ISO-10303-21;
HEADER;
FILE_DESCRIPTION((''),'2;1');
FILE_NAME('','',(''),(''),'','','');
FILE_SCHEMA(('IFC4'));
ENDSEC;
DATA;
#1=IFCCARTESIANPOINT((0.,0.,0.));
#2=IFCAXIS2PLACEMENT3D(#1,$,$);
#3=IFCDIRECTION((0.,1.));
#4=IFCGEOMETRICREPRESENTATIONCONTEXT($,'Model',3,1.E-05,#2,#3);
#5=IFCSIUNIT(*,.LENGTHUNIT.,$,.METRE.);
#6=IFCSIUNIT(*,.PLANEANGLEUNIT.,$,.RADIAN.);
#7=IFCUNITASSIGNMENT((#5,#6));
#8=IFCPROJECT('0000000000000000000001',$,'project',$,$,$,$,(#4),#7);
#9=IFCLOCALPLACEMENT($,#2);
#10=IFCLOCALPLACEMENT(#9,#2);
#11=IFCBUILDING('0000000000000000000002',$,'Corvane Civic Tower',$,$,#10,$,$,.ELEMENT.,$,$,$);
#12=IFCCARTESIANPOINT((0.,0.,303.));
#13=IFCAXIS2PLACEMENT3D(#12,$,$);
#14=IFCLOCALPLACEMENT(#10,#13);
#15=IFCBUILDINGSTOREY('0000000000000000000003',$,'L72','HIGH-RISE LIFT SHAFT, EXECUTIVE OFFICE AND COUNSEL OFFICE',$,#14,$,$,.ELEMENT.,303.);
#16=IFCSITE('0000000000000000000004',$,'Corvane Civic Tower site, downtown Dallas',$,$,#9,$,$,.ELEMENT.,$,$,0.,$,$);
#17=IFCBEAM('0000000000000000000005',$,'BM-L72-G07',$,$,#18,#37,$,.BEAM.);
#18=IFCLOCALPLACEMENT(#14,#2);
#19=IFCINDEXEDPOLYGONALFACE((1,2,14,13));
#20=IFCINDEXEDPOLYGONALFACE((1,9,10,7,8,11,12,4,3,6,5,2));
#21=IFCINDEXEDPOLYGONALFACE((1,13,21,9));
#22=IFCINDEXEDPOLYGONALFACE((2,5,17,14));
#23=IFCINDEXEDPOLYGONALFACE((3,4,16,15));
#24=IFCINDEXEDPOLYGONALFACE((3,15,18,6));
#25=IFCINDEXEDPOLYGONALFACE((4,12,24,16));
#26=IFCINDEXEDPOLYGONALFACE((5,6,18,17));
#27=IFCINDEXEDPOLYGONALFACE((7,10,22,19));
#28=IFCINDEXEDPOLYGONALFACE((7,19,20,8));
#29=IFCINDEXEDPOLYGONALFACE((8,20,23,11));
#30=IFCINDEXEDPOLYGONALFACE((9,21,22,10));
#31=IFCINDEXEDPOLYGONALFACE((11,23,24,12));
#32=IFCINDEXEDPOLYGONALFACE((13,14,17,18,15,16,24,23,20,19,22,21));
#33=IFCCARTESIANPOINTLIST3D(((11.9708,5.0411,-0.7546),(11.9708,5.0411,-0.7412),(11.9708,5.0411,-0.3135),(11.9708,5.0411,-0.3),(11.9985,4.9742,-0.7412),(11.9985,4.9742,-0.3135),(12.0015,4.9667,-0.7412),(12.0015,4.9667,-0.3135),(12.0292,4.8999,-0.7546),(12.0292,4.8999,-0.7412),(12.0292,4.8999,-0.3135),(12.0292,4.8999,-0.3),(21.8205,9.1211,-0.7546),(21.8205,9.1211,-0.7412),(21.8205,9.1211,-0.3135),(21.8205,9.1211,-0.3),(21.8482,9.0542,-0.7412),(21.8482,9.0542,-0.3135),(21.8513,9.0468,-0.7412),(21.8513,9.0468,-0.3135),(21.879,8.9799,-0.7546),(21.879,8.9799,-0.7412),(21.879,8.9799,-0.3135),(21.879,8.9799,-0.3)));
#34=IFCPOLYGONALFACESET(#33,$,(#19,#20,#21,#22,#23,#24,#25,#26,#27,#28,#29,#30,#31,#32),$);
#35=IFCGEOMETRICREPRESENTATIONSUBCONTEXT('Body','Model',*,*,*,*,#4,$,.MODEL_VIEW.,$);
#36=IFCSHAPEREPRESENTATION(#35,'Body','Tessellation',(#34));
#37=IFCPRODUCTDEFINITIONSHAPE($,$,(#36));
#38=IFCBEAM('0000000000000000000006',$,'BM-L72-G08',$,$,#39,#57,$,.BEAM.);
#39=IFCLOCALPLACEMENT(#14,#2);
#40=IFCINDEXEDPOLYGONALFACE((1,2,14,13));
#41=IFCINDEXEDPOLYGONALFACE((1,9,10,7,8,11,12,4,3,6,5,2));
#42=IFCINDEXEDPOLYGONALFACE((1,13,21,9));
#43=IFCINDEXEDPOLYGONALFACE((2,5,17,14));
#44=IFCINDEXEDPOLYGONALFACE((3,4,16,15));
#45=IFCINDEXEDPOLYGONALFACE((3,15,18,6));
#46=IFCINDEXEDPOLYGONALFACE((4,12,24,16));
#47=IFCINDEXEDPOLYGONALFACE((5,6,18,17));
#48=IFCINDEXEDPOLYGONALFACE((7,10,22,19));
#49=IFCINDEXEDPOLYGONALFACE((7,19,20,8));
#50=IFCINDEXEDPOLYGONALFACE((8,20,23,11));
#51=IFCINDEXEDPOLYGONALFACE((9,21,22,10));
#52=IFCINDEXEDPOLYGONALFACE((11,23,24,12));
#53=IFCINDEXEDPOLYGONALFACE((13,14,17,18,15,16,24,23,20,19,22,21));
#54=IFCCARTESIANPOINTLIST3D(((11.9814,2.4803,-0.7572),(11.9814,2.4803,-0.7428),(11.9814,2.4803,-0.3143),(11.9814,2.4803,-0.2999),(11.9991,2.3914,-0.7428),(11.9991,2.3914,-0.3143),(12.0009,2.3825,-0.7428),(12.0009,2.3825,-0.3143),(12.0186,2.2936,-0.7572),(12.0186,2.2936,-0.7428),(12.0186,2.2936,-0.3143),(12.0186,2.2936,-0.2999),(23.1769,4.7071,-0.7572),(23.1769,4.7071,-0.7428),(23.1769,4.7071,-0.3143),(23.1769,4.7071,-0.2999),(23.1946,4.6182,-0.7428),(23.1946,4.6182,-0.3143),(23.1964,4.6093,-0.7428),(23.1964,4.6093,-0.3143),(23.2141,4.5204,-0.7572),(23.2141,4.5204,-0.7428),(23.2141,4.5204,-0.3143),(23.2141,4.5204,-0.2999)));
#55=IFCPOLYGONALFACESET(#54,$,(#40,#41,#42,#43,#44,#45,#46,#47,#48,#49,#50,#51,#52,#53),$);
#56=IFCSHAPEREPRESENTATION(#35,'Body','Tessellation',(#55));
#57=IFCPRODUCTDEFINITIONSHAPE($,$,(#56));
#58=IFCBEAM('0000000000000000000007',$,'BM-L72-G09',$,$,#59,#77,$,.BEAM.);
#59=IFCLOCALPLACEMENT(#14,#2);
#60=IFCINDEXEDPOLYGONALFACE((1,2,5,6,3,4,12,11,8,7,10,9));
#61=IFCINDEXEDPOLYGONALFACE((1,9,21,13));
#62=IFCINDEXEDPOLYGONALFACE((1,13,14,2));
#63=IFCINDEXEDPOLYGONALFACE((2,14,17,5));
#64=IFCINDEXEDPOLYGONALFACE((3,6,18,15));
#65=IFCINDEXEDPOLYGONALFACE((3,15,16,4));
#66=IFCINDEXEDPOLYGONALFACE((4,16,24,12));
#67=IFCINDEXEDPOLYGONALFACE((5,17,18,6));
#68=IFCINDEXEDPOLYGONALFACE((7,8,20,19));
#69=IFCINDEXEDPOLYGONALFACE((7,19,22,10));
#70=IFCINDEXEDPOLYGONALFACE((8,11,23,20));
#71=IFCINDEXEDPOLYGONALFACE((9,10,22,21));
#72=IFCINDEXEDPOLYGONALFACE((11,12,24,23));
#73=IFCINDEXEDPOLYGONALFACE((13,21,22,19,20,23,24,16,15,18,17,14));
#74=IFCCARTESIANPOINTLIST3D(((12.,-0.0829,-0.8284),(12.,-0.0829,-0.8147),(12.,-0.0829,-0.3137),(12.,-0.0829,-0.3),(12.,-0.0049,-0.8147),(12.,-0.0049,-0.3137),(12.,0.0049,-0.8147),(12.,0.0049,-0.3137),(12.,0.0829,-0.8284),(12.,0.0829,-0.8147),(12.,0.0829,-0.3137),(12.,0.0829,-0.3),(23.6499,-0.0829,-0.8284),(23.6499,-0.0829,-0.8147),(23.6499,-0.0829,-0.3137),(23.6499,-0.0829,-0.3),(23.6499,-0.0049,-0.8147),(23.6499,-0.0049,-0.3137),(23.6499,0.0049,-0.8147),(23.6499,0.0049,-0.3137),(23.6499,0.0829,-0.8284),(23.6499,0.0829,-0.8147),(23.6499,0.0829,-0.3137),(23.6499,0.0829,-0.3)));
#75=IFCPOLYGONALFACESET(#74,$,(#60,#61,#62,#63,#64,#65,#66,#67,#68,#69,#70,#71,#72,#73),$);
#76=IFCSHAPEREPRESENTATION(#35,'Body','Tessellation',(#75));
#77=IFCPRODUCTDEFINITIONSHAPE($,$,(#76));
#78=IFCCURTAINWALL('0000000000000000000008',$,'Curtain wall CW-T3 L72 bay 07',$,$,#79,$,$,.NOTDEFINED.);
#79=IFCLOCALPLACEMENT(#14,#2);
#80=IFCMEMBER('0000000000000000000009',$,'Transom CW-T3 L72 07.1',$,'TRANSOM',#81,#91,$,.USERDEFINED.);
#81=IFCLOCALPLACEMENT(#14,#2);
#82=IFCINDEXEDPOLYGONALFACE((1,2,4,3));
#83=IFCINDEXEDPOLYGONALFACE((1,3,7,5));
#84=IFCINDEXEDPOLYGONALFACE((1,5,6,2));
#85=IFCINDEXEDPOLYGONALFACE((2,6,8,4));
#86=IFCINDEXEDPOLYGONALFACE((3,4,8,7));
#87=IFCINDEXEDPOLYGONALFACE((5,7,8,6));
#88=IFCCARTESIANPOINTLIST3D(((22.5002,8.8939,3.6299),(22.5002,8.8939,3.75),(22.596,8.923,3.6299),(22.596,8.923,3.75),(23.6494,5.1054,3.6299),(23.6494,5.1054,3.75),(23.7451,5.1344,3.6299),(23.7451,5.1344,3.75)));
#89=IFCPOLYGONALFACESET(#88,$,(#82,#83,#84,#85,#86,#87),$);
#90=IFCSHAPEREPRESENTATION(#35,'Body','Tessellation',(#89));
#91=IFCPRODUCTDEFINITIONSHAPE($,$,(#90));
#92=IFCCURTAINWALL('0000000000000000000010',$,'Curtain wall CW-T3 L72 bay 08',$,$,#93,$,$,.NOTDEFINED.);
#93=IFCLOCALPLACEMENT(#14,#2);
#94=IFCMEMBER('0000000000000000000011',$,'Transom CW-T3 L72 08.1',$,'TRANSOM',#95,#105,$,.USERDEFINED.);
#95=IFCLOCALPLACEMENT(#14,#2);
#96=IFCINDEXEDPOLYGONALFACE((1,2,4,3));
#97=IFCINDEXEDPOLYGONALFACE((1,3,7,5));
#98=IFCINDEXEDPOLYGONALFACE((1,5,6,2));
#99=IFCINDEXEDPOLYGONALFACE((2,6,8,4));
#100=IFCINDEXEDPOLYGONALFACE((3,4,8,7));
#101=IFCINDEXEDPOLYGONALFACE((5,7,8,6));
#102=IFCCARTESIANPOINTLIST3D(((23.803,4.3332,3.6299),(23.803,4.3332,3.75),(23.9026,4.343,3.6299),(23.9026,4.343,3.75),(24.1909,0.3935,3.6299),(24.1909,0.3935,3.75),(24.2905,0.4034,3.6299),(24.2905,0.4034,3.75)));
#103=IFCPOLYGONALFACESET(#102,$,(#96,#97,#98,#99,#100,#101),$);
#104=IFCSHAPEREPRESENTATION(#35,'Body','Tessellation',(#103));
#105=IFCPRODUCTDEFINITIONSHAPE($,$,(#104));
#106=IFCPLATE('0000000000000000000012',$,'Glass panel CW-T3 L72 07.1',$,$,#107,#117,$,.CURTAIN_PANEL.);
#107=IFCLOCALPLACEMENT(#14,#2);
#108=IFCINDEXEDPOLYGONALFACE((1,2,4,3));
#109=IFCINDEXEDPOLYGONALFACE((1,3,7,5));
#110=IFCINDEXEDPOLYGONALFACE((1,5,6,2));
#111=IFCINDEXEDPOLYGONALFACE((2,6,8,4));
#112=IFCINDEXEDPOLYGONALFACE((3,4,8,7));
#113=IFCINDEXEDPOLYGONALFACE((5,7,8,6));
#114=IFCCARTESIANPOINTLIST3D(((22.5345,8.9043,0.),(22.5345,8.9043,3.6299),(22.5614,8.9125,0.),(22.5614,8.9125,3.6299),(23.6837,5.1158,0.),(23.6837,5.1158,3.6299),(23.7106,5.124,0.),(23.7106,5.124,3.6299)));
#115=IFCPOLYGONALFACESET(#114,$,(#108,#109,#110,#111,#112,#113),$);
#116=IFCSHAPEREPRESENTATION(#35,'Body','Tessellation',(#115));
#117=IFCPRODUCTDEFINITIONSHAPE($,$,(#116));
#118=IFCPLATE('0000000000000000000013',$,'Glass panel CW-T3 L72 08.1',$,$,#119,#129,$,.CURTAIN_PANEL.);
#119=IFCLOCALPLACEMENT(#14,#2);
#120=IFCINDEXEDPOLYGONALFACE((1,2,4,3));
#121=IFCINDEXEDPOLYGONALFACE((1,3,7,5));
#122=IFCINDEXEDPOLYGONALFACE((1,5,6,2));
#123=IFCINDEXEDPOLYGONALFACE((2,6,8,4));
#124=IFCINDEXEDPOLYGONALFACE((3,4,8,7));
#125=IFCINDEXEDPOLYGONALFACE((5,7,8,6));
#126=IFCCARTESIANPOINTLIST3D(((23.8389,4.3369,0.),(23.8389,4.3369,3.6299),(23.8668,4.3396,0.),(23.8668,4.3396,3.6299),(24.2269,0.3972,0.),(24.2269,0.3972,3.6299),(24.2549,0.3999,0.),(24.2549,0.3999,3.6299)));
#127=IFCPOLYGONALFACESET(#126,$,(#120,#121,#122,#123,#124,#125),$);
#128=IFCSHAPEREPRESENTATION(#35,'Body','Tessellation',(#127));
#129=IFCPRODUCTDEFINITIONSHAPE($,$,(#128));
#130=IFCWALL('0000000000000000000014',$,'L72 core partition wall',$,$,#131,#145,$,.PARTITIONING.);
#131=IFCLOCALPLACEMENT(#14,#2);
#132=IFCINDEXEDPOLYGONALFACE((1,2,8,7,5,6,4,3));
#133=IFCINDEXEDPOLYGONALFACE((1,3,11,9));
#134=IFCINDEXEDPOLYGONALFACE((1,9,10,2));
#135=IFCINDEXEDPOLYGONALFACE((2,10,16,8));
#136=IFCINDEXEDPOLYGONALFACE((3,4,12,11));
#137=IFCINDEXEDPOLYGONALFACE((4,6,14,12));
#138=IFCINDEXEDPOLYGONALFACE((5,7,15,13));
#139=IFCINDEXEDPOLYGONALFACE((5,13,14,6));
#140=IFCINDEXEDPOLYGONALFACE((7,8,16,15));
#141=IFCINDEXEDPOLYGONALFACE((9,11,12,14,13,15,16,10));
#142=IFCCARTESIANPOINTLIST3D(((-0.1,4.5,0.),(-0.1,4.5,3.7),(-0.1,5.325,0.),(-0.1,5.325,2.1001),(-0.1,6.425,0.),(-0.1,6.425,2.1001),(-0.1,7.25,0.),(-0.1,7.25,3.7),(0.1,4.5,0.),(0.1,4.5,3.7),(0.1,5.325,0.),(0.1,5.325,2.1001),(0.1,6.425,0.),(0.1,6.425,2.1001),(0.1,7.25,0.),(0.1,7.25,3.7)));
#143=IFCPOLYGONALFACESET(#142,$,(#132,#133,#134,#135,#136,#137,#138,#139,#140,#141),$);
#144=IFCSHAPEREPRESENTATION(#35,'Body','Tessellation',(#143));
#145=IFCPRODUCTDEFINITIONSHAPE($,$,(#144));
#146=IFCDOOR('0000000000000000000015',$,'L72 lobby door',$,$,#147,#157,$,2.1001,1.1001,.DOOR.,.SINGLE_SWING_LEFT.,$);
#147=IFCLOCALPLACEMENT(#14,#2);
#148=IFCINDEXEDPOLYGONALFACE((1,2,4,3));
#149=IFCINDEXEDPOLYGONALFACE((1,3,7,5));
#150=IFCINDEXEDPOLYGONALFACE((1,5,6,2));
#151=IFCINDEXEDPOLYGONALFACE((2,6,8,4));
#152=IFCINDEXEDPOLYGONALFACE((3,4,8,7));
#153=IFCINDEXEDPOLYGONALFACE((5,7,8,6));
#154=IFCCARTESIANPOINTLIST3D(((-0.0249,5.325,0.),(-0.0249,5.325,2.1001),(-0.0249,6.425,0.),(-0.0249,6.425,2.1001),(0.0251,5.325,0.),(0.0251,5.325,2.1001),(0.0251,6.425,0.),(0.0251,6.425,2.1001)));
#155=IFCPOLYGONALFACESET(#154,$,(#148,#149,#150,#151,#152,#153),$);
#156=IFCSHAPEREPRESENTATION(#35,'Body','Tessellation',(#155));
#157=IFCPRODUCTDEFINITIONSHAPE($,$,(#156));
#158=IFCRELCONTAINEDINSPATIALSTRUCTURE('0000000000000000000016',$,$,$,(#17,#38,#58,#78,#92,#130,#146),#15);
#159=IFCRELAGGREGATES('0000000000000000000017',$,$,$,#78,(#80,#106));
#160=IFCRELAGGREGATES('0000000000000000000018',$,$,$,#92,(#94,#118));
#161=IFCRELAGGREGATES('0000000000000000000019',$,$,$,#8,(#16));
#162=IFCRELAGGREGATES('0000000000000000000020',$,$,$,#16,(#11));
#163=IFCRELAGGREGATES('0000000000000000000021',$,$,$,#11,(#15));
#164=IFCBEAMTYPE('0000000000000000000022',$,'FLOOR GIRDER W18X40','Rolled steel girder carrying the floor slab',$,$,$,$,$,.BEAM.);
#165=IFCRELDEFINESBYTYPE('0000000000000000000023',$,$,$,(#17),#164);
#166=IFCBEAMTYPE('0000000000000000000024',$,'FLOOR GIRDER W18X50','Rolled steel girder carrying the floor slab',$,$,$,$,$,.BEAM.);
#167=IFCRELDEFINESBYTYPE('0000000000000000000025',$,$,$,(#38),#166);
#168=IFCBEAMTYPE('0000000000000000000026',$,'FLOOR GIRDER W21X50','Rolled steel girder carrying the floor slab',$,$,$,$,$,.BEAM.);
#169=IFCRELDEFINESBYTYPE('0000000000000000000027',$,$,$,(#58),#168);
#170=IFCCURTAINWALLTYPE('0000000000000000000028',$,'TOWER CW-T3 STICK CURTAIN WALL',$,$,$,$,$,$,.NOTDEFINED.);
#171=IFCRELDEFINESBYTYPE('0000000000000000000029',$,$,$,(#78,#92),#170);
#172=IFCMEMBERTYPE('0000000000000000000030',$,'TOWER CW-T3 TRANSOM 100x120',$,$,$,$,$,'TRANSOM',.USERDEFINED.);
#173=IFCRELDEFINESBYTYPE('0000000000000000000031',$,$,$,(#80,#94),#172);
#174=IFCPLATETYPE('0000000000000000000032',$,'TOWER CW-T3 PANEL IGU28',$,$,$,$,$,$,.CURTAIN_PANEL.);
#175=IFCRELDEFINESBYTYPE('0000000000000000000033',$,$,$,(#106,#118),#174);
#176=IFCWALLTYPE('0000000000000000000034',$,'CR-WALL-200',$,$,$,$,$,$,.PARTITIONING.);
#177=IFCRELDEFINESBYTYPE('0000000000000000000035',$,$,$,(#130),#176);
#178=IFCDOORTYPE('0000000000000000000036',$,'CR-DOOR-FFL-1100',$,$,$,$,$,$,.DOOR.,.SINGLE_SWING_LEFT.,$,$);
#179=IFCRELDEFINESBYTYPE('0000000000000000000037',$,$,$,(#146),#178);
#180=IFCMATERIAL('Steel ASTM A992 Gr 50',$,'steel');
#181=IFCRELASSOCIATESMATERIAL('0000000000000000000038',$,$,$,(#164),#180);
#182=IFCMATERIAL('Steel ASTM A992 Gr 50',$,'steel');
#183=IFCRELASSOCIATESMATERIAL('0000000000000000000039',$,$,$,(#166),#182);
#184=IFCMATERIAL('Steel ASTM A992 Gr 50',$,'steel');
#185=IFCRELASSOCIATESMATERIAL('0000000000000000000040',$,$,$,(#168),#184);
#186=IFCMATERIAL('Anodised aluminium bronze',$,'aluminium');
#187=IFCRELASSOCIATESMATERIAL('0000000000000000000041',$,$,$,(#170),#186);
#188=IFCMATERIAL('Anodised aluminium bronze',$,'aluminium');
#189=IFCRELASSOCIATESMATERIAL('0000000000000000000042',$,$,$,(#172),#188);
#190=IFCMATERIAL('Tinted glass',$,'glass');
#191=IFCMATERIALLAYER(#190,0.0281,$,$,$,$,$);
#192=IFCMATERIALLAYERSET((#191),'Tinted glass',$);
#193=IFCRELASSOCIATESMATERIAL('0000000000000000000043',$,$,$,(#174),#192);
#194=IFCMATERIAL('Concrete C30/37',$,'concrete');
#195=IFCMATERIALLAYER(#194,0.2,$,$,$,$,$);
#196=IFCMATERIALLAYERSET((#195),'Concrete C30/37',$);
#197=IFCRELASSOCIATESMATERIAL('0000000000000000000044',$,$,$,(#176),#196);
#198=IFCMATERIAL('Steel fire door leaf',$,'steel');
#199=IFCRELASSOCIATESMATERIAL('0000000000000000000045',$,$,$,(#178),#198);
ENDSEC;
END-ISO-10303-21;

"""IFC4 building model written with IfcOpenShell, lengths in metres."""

from ifc_helpers import new_model, si_unit, direction, frame, frame_2d, origin, origin_2d, place, context, subcontext, project, spatial, rectangle, i_section, extrude, material, layer, layer_set, material_profile, profile_set, type_object, element, fill, aggregate, save


model = new_model("IFC4")

# Units and contexts
model_context = context("Model", 3, precision=1e-05, world=origin(), true_north=direction((0.0, 1.0)))
body_context = subcontext(model_context, "Body", "Model", "MODEL_VIEW")
ifc_project = project(units=[si_unit("LENGTHUNIT", "METRE"), si_unit("PLANEANGLEUNIT", "RADIAN")], contexts=[model_context])

# Site, building, storey
site_placement = place(None, origin())
site = spatial("IfcSite", under=ifc_project, at=site_placement, Name="Corvane Civic Tower site, downtown Dallas", CompositionType="ELEMENT", RefElevation=0.0)
building_placement = place(site_placement, origin())
building = spatial("IfcBuilding", under=site, at=building_placement, Name="Corvane Civic Tower", CompositionType="ELEMENT")
storey_placement = place(building_placement, frame((0.0, 0.0, 303.0)))
storey = spatial("IfcBuildingStorey", under=building, at=storey_placement, Name="L72", Description="HIGH-RISE LIFT SHAFT, EXECUTIVE OFFICE AND COUNSEL OFFICE", CompositionType="ELEMENT", Elevation=303.0)

# Beams
ifc_material_1 = material(Name="Steel ASTM A992 Gr 50", Category="steel")
ifc_material_profile_1 = material_profile(ifc_material_1, i_section(OverallWidth=0.1528, OverallDepth=0.4546, WebThickness=0.0081, FlangeThickness=0.0134, at=origin_2d()), Name="W18X40")
ifc_profile_set_1 = profile_set([ifc_material_profile_1], Name="Steel ASTM A992 Gr 50")
beam_type_1 = type_object("IfcBeamType", Name="FLOOR GIRDER W18X40", Description="Rolled steel girder carrying the floor slab", PredefinedType="BEAM", material=ifc_profile_set_1)
beam_1_placement = place(storey_placement, frame((12.0, 4.9705, -0.5273), z_axis=(0.923875, 0.382694, 0.0), x_axis=(-0.382694, 0.923875, 0.0)))
element("IfcBeam", 1, at=beam_1_placement, inside=storey, type_object=beam_type_1, Name="BM-L72-G07", PredefinedType="BEAM", context=body_context, shape_type="SweptSolid", body=[
    extrude(i_section(OverallWidth=0.1528, OverallDepth=0.4546, WebThickness=0.0081, FlangeThickness=0.0134, at=origin_2d()), origin(), (0.0, 0.0, 1.0), 10.6614),
])
ifc_material_2 = material(Name="Steel ASTM A992 Gr 50", Category="steel")
ifc_material_profile_2 = material_profile(ifc_material_2, i_section(OverallWidth=0.1904, OverallDepth=0.4573, WebThickness=0.009, FlangeThickness=0.0144, at=origin_2d()), Name="W18X50")
ifc_profile_set_2 = profile_set([ifc_material_profile_2], Name="Steel ASTM A992 Gr 50")
beam_type_2 = type_object("IfcBeamType", Name="FLOOR GIRDER W18X50", Description="Rolled steel girder carrying the floor slab", PredefinedType="BEAM", material=ifc_profile_set_2)
beam_2_placement = place(storey_placement, frame((12.0, 2.387, -0.5286), z_axis=(0.980787, 0.19508, 0.0), x_axis=(-0.19508, 0.980787, 0.0)))
element("IfcBeam", 2, at=beam_2_placement, inside=storey, type_object=beam_type_2, Name="BM-L72-G08", PredefinedType="BEAM", context=body_context, shape_type="SweptSolid", body=[
    extrude(i_section(OverallWidth=0.1904, OverallDepth=0.4573, WebThickness=0.009, FlangeThickness=0.0144, at=origin_2d()), origin(), (0.0, 0.0, 1.0), 11.4148),
])
ifc_material_3 = material(Name="Steel ASTM A992 Gr 50", Category="steel")
ifc_material_profile_3 = material_profile(ifc_material_3, i_section(OverallWidth=0.1658, OverallDepth=0.5283, WebThickness=0.0098, FlangeThickness=0.0137, at=origin_2d()), Name="W21X50")
ifc_profile_set_3 = profile_set([ifc_material_profile_3], Name="Steel ASTM A992 Gr 50")
beam_type_3 = type_object("IfcBeamType", Name="FLOOR GIRDER W21X50", Description="Rolled steel girder carrying the floor slab", PredefinedType="BEAM", material=ifc_profile_set_3)
beam_3_placement = place(storey_placement, frame((12.0, 0.0, -0.5642), z_axis=(1.0, 0.0, 0.0), x_axis=(0.0, 1.0, 0.0)))
element("IfcBeam", 3, at=beam_3_placement, inside=storey, type_object=beam_type_3, Name="BM-L72-G09", PredefinedType="BEAM", context=body_context, shape_type="SweptSolid", body=[
    extrude(i_section(OverallWidth=0.1658, OverallDepth=0.5283, WebThickness=0.0098, FlangeThickness=0.0137, at=origin_2d()), origin(), (0.0, 0.0, 1.0), 11.6499),
])

# Curtain walls, members
ifc_material_4 = material(Name="Anodised aluminium bronze", Category="aluminium")
curtain_wall_type = type_object("IfcCurtainWallType", Name="TOWER CW-T3 STICK CURTAIN WALL", PredefinedType="NOTDEFINED", material=ifc_material_4)
curtain_wall_1_placement = place(storey_placement, origin())
curtain_wall_1 = element("IfcCurtainWall", 4, at=curtain_wall_1_placement, inside=storey, type_object=curtain_wall_type, Name="Curtain wall CW-T3 L72 bay 07", PredefinedType="NOTDEFINED")
ifc_material_5 = material(Name="Anodised aluminium bronze", Category="aluminium")
ifc_material_profile_4 = material_profile(ifc_material_5, rectangle(XDim=0.1001, YDim=0.1201, at=origin_2d()), Name="TOWER CW-T3 TRANSOM 100x120")
ifc_profile_set_4 = profile_set([ifc_material_profile_4], Name="Anodised aluminium bronze")
member_type = type_object("IfcMemberType", Name="TOWER CW-T3 TRANSOM 100x120", ElementType="TRANSOM", PredefinedType="USERDEFINED", material=ifc_profile_set_4)
member_1_placement = place(storey_placement, frame((22.5481, 8.9084, 3.6899), z_axis=(0.290266, -0.956946, 0.0), x_axis=(0.956946, 0.290266, 0.0)))
member_1 = element("IfcMember", 5, at=member_1_placement, type_object=member_type, Name="Transom CW-T3 L72 07.1", ObjectType="TRANSOM", PredefinedType="USERDEFINED", context=body_context, shape_type="SweptSolid", body=[
    extrude(rectangle(XDim=0.1001, YDim=0.1201, at=origin_2d()), origin(), (0.0, 0.0, 1.0), 3.959),
])
curtain_wall_2_placement = place(storey_placement, origin())
curtain_wall_2 = element("IfcCurtainWall", 6, at=curtain_wall_2_placement, inside=storey, type_object=curtain_wall_type, Name="Curtain wall CW-T3 L72 bay 08", PredefinedType="NOTDEFINED")
member_2_placement = place(storey_placement, frame((23.8528, 4.3381, 3.6899), z_axis=(0.097995, -0.995187, 0.0), x_axis=(0.995187, 0.097995, 0.0)))
member_2 = element("IfcMember", 7, at=member_2_placement, type_object=member_type, Name="Transom CW-T3 L72 08.1", ObjectType="TRANSOM", PredefinedType="USERDEFINED", context=body_context, shape_type="SweptSolid", body=[
    extrude(rectangle(XDim=0.1001, YDim=0.1201, at=origin_2d()), origin(), (0.0, 0.0, 1.0), 3.9587),
])

# Plates
ifc_material_6 = material(Name="Tinted glass", Category="glass")
ifc_layer_1 = layer(ifc_material_6, 0.0281)
ifc_layer_set_1 = layer_set([ifc_layer_1], Name="Tinted glass")
plate_type = type_object("IfcPlateType", Name="TOWER CW-T3 PANEL IGU28", PredefinedType="CURTAIN_PANEL", material=ifc_layer_set_1)
plate_1_placement = place(storey_placement, frame((23.1226, 7.0142, 0.0), z_axis=(0.0, 0.0, 1.0), x_axis=(0.290274, -0.956944, 0.0)))
plate_1 = element("IfcPlate", 8, at=plate_1_placement, type_object=plate_type, Name="Glass panel CW-T3 L72 07.1", PredefinedType="CURTAIN_PANEL", context=body_context, shape_type="SweptSolid", body=[
    extrude(rectangle(XDim=3.959, YDim=0.0281, at=origin_2d()), origin(), (0.0, 0.0, 1.0), 3.6299),
])
aggregate(curtain_wall_1, [member_1, plate_1])
plate_2_placement = place(storey_placement, frame((24.0469, 2.3684, 0.0), z_axis=(0.0, 0.0, 1.0), x_axis=(0.098021, -0.995184, 0.0)))
plate_2 = element("IfcPlate", 9, at=plate_2_placement, type_object=plate_type, Name="Glass panel CW-T3 L72 08.1", PredefinedType="CURTAIN_PANEL", context=body_context, shape_type="SweptSolid", body=[
    extrude(rectangle(XDim=3.9587, YDim=0.0281, at=origin_2d()), origin(), (0.0, 0.0, 1.0), 3.6299),
])
aggregate(curtain_wall_2, [member_2, plate_2])

# Wall, opening, door
ifc_material_7 = material(Name="Concrete C30/37", Category="concrete")
ifc_layer_2 = layer(ifc_material_7, 0.2)
ifc_layer_set_2 = layer_set([ifc_layer_2], Name="Concrete C30/37")
wall_type_1 = type_object("IfcWallType", Name="CR-WALL-200", PredefinedType="PARTITIONING", material=ifc_layer_set_2)
wall_1_placement = place(storey_placement, frame((0.0, 4.5, 0.0), z_axis=(0.0, 0.0, 1.0), x_axis=(0.0, 1.0, 0.0)))
wall_1 = element("IfcWall", 10, at=wall_1_placement, inside=storey, type_object=wall_type_1, Name="L72 core partition wall", PredefinedType="PARTITIONING", context=body_context, shape_type="SweptSolid", body=[
    extrude(rectangle(XDim=2.75, YDim=0.2, at=frame_2d((1.375, 0.0))), origin(), (0.0, 0.0, 1.0), 3.7),
])
opening_1_placement = place(wall_1_placement, frame((0.825, 0.0, 0.0)))
opening_1 = element("IfcOpeningElement", 11, at=opening_1_placement, cuts=wall_1, PredefinedType="OPENING", context=body_context, shape_type="SweptSolid", body=[
    extrude(rectangle(XDim=1.1001, YDim=2.1001, at=frame_2d((0.55, 1.05))), frame((0.0, 0.1099, 0.0), z_axis=(0.0, -1.0, 0.0), x_axis=(1.0, 0.0, 0.0)), (0.0, 0.0, 1.0), 0.22),
])
ifc_material_8 = material(Name="Steel fire door leaf", Category="steel")
door_type_1 = type_object("IfcDoorType", Name="CR-DOOR-FFL-1100", OperationType="SINGLE_SWING_LEFT", PredefinedType="DOOR", material=ifc_material_8)
door_1_placement = place(opening_1_placement, origin())
door_1 = element("IfcDoor", 12, at=door_1_placement, inside=storey, type_object=door_type_1, Name="L72 lobby door", OperationType="SINGLE_SWING_LEFT", OverallHeight=2.1001, OverallWidth=1.1001, PredefinedType="DOOR", context=body_context, shape_type="SweptSolid", body=[
    extrude(rectangle(XDim=1.1001, YDim=2.1001, at=frame_2d((0.55, 1.05))), frame((0.0, 0.0249, 0.0), z_axis=(0.0, -1.0, 0.0), x_axis=(1.0, 0.0, 0.0)), (0.0, 0.0, 1.0), 0.05),
])
fill(opening_1, door_1)

save(model, "model.ifc")
